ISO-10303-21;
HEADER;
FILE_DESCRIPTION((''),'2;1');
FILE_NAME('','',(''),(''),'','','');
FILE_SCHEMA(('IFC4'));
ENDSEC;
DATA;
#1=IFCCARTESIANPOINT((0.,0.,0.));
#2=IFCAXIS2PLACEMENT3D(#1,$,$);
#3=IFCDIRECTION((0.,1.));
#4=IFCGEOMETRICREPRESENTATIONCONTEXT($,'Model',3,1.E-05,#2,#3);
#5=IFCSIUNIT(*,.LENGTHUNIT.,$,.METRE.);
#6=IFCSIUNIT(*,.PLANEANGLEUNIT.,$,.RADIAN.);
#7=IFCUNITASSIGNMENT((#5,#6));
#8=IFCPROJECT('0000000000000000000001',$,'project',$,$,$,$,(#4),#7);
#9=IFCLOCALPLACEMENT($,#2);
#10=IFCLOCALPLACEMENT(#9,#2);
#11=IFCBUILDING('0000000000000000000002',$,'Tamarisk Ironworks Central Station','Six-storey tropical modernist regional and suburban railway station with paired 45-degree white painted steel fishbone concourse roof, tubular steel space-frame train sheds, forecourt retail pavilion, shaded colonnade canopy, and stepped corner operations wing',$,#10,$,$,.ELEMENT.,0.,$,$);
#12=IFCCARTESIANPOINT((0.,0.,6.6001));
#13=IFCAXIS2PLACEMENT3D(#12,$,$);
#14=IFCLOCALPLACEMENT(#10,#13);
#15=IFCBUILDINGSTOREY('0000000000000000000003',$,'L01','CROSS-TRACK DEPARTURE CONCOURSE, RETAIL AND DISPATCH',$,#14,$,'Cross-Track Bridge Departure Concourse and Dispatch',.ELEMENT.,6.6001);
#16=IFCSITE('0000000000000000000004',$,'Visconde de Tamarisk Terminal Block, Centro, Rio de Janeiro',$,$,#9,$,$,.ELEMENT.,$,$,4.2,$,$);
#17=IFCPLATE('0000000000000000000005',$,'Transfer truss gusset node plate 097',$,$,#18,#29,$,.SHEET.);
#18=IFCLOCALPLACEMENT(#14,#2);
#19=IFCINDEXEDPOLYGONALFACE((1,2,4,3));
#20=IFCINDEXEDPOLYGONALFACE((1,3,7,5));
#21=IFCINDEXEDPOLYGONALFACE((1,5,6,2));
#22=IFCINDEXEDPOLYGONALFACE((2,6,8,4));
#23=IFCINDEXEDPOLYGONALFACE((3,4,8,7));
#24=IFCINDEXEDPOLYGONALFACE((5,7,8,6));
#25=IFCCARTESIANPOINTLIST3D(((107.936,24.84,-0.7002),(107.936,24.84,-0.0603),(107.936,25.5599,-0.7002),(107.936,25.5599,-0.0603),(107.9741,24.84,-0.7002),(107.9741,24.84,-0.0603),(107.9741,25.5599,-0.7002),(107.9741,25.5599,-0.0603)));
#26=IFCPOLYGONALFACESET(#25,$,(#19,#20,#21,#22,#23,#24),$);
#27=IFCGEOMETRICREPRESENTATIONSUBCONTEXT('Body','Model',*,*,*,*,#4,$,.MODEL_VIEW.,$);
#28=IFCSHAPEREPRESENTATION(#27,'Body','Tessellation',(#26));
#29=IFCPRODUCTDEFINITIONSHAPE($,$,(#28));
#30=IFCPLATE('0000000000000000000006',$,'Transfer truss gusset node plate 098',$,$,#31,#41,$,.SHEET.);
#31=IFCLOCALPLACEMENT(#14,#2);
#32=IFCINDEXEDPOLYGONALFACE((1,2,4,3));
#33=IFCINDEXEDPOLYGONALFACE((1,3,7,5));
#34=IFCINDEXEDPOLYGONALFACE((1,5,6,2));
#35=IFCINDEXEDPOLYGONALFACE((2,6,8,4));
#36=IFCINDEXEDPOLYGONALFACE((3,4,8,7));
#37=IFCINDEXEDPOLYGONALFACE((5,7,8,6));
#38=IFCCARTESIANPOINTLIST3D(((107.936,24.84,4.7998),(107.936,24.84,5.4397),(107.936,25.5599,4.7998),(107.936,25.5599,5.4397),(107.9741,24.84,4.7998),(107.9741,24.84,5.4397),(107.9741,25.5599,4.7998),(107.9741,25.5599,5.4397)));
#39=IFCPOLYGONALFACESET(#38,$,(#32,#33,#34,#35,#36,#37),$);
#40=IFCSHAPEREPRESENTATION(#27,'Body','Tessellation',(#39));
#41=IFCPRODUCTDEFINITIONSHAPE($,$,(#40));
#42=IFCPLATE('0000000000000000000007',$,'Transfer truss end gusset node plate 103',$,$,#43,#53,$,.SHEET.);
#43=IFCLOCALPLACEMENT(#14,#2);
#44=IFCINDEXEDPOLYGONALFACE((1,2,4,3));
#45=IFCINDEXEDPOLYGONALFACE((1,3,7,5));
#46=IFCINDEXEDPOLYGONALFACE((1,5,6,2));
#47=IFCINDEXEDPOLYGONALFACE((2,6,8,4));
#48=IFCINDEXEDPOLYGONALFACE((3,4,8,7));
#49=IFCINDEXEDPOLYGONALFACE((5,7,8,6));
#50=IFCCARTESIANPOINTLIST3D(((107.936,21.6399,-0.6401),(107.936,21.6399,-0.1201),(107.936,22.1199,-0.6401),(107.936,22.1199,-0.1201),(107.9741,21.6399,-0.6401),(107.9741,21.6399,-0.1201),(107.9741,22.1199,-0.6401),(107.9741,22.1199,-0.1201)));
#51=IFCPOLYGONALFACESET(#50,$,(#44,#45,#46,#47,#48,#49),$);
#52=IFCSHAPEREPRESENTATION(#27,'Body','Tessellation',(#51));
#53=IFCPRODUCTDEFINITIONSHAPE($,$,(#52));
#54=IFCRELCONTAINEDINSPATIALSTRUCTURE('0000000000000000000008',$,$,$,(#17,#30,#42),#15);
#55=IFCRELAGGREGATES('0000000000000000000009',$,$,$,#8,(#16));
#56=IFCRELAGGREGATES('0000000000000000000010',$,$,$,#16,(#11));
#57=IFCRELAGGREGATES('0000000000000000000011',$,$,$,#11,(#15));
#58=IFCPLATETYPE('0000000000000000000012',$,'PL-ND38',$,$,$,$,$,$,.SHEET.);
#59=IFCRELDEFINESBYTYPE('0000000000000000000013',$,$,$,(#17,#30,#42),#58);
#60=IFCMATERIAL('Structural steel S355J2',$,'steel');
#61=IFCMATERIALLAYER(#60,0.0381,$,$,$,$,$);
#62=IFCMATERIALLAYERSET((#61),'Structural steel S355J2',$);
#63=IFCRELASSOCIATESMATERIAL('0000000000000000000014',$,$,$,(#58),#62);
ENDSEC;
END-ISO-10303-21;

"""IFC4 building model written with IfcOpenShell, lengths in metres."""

from ifc_helpers import new_model, si_unit, direction, frame, origin, origin_2d, place, context, subcontext, project, spatial, rectangle, extrude, material, layer, layer_set, type_object, element, save


model = new_model("IFC4")

# Units and contexts
model_context = context("Model", 3, precision=1e-05, world=origin(), true_north=direction((0.0, 1.0)))
body_context = subcontext(model_context, "Body", "Model", "MODEL_VIEW")
ifc_project = project(units=[si_unit("LENGTHUNIT", "METRE"), si_unit("PLANEANGLEUNIT", "RADIAN")], contexts=[model_context])

# Site, building, storey
site_placement = place(None, origin())
site = spatial("IfcSite", under=ifc_project, at=site_placement, Name="Visconde de Tamarisk Terminal Block, Centro, Rio de Janeiro", CompositionType="ELEMENT", RefElevation=4.2)
building_placement = place(site_placement, origin())
building = spatial("IfcBuilding", under=site, at=building_placement, Name="Tamarisk Ironworks Central Station", Description="Six-storey tropical modernist regional and suburban railway station with paired 45-degree white painted steel fishbone concourse roof, tubular steel space-frame train sheds, forecourt retail pavilion, shaded colonnade canopy, and stepped corner operations wing", CompositionType="ELEMENT", ElevationOfRefHeight=0.0)
storey_placement = place(building_placement, frame((0.0, 0.0, 6.6001)))
storey = spatial("IfcBuildingStorey", under=building, at=storey_placement, Name="L01", Description="CROSS-TRACK DEPARTURE CONCOURSE, RETAIL AND DISPATCH", LongName="Cross-Track Bridge Departure Concourse and Dispatch", CompositionType="ELEMENT", Elevation=6.6001)

# Shared definitions
ifc_material_1 = material(Name="Structural steel S355J2", Category="steel")

# Plates
ifc_layer_1 = layer(ifc_material_1, 0.0381)
ifc_layer_set_1 = layer_set([ifc_layer_1], Name="Structural steel S355J2")
plate_type_1 = type_object("IfcPlateType", Name="PL-ND38", PredefinedType="SHEET", material=ifc_layer_set_1)
for number, where, z_axis, x_axis, name in (
    (1, (107.9551, 25.2, -0.7002), (0.0, 0.0, 1.0), (1.0, 0.0, 0.0), "Transfer truss gusset node plate 097"),
    (2, (107.9551, 25.2, 4.7998), (0.0, 0.0, 1.0), (1.0, 0.0, 0.0), "Transfer truss gusset node plate 098"),
):
    element("IfcPlate", number, at=place(storey_placement, frame(where, z_axis=z_axis, x_axis=x_axis)), inside=storey, type_object=plate_type_1, Name=name, PredefinedType="SHEET", context=body_context, shape_type="SweptSolid", body=[
        extrude(rectangle(XDim=0.0381, YDim=0.72, at=origin_2d()), origin(), (0.0, 0.0, 1.0), 0.6399),
    ])
plate_1_placement = place(storey_placement, frame((107.9551, 21.8799, -0.6401), z_axis=(0.0, 0.0, 1.0), x_axis=(1.0, 0.0, 0.0)))
element("IfcPlate", 3, at=plate_1_placement, inside=storey, type_object=plate_type_1, Name="Transfer truss end gusset node plate 103", PredefinedType="SHEET", context=body_context, shape_type="SweptSolid", body=[
    extrude(rectangle(XDim=0.0381, YDim=0.48, at=origin_2d()), origin(), (0.0, 0.0, 1.0), 0.52),
])

save(model, "model.ifc")
